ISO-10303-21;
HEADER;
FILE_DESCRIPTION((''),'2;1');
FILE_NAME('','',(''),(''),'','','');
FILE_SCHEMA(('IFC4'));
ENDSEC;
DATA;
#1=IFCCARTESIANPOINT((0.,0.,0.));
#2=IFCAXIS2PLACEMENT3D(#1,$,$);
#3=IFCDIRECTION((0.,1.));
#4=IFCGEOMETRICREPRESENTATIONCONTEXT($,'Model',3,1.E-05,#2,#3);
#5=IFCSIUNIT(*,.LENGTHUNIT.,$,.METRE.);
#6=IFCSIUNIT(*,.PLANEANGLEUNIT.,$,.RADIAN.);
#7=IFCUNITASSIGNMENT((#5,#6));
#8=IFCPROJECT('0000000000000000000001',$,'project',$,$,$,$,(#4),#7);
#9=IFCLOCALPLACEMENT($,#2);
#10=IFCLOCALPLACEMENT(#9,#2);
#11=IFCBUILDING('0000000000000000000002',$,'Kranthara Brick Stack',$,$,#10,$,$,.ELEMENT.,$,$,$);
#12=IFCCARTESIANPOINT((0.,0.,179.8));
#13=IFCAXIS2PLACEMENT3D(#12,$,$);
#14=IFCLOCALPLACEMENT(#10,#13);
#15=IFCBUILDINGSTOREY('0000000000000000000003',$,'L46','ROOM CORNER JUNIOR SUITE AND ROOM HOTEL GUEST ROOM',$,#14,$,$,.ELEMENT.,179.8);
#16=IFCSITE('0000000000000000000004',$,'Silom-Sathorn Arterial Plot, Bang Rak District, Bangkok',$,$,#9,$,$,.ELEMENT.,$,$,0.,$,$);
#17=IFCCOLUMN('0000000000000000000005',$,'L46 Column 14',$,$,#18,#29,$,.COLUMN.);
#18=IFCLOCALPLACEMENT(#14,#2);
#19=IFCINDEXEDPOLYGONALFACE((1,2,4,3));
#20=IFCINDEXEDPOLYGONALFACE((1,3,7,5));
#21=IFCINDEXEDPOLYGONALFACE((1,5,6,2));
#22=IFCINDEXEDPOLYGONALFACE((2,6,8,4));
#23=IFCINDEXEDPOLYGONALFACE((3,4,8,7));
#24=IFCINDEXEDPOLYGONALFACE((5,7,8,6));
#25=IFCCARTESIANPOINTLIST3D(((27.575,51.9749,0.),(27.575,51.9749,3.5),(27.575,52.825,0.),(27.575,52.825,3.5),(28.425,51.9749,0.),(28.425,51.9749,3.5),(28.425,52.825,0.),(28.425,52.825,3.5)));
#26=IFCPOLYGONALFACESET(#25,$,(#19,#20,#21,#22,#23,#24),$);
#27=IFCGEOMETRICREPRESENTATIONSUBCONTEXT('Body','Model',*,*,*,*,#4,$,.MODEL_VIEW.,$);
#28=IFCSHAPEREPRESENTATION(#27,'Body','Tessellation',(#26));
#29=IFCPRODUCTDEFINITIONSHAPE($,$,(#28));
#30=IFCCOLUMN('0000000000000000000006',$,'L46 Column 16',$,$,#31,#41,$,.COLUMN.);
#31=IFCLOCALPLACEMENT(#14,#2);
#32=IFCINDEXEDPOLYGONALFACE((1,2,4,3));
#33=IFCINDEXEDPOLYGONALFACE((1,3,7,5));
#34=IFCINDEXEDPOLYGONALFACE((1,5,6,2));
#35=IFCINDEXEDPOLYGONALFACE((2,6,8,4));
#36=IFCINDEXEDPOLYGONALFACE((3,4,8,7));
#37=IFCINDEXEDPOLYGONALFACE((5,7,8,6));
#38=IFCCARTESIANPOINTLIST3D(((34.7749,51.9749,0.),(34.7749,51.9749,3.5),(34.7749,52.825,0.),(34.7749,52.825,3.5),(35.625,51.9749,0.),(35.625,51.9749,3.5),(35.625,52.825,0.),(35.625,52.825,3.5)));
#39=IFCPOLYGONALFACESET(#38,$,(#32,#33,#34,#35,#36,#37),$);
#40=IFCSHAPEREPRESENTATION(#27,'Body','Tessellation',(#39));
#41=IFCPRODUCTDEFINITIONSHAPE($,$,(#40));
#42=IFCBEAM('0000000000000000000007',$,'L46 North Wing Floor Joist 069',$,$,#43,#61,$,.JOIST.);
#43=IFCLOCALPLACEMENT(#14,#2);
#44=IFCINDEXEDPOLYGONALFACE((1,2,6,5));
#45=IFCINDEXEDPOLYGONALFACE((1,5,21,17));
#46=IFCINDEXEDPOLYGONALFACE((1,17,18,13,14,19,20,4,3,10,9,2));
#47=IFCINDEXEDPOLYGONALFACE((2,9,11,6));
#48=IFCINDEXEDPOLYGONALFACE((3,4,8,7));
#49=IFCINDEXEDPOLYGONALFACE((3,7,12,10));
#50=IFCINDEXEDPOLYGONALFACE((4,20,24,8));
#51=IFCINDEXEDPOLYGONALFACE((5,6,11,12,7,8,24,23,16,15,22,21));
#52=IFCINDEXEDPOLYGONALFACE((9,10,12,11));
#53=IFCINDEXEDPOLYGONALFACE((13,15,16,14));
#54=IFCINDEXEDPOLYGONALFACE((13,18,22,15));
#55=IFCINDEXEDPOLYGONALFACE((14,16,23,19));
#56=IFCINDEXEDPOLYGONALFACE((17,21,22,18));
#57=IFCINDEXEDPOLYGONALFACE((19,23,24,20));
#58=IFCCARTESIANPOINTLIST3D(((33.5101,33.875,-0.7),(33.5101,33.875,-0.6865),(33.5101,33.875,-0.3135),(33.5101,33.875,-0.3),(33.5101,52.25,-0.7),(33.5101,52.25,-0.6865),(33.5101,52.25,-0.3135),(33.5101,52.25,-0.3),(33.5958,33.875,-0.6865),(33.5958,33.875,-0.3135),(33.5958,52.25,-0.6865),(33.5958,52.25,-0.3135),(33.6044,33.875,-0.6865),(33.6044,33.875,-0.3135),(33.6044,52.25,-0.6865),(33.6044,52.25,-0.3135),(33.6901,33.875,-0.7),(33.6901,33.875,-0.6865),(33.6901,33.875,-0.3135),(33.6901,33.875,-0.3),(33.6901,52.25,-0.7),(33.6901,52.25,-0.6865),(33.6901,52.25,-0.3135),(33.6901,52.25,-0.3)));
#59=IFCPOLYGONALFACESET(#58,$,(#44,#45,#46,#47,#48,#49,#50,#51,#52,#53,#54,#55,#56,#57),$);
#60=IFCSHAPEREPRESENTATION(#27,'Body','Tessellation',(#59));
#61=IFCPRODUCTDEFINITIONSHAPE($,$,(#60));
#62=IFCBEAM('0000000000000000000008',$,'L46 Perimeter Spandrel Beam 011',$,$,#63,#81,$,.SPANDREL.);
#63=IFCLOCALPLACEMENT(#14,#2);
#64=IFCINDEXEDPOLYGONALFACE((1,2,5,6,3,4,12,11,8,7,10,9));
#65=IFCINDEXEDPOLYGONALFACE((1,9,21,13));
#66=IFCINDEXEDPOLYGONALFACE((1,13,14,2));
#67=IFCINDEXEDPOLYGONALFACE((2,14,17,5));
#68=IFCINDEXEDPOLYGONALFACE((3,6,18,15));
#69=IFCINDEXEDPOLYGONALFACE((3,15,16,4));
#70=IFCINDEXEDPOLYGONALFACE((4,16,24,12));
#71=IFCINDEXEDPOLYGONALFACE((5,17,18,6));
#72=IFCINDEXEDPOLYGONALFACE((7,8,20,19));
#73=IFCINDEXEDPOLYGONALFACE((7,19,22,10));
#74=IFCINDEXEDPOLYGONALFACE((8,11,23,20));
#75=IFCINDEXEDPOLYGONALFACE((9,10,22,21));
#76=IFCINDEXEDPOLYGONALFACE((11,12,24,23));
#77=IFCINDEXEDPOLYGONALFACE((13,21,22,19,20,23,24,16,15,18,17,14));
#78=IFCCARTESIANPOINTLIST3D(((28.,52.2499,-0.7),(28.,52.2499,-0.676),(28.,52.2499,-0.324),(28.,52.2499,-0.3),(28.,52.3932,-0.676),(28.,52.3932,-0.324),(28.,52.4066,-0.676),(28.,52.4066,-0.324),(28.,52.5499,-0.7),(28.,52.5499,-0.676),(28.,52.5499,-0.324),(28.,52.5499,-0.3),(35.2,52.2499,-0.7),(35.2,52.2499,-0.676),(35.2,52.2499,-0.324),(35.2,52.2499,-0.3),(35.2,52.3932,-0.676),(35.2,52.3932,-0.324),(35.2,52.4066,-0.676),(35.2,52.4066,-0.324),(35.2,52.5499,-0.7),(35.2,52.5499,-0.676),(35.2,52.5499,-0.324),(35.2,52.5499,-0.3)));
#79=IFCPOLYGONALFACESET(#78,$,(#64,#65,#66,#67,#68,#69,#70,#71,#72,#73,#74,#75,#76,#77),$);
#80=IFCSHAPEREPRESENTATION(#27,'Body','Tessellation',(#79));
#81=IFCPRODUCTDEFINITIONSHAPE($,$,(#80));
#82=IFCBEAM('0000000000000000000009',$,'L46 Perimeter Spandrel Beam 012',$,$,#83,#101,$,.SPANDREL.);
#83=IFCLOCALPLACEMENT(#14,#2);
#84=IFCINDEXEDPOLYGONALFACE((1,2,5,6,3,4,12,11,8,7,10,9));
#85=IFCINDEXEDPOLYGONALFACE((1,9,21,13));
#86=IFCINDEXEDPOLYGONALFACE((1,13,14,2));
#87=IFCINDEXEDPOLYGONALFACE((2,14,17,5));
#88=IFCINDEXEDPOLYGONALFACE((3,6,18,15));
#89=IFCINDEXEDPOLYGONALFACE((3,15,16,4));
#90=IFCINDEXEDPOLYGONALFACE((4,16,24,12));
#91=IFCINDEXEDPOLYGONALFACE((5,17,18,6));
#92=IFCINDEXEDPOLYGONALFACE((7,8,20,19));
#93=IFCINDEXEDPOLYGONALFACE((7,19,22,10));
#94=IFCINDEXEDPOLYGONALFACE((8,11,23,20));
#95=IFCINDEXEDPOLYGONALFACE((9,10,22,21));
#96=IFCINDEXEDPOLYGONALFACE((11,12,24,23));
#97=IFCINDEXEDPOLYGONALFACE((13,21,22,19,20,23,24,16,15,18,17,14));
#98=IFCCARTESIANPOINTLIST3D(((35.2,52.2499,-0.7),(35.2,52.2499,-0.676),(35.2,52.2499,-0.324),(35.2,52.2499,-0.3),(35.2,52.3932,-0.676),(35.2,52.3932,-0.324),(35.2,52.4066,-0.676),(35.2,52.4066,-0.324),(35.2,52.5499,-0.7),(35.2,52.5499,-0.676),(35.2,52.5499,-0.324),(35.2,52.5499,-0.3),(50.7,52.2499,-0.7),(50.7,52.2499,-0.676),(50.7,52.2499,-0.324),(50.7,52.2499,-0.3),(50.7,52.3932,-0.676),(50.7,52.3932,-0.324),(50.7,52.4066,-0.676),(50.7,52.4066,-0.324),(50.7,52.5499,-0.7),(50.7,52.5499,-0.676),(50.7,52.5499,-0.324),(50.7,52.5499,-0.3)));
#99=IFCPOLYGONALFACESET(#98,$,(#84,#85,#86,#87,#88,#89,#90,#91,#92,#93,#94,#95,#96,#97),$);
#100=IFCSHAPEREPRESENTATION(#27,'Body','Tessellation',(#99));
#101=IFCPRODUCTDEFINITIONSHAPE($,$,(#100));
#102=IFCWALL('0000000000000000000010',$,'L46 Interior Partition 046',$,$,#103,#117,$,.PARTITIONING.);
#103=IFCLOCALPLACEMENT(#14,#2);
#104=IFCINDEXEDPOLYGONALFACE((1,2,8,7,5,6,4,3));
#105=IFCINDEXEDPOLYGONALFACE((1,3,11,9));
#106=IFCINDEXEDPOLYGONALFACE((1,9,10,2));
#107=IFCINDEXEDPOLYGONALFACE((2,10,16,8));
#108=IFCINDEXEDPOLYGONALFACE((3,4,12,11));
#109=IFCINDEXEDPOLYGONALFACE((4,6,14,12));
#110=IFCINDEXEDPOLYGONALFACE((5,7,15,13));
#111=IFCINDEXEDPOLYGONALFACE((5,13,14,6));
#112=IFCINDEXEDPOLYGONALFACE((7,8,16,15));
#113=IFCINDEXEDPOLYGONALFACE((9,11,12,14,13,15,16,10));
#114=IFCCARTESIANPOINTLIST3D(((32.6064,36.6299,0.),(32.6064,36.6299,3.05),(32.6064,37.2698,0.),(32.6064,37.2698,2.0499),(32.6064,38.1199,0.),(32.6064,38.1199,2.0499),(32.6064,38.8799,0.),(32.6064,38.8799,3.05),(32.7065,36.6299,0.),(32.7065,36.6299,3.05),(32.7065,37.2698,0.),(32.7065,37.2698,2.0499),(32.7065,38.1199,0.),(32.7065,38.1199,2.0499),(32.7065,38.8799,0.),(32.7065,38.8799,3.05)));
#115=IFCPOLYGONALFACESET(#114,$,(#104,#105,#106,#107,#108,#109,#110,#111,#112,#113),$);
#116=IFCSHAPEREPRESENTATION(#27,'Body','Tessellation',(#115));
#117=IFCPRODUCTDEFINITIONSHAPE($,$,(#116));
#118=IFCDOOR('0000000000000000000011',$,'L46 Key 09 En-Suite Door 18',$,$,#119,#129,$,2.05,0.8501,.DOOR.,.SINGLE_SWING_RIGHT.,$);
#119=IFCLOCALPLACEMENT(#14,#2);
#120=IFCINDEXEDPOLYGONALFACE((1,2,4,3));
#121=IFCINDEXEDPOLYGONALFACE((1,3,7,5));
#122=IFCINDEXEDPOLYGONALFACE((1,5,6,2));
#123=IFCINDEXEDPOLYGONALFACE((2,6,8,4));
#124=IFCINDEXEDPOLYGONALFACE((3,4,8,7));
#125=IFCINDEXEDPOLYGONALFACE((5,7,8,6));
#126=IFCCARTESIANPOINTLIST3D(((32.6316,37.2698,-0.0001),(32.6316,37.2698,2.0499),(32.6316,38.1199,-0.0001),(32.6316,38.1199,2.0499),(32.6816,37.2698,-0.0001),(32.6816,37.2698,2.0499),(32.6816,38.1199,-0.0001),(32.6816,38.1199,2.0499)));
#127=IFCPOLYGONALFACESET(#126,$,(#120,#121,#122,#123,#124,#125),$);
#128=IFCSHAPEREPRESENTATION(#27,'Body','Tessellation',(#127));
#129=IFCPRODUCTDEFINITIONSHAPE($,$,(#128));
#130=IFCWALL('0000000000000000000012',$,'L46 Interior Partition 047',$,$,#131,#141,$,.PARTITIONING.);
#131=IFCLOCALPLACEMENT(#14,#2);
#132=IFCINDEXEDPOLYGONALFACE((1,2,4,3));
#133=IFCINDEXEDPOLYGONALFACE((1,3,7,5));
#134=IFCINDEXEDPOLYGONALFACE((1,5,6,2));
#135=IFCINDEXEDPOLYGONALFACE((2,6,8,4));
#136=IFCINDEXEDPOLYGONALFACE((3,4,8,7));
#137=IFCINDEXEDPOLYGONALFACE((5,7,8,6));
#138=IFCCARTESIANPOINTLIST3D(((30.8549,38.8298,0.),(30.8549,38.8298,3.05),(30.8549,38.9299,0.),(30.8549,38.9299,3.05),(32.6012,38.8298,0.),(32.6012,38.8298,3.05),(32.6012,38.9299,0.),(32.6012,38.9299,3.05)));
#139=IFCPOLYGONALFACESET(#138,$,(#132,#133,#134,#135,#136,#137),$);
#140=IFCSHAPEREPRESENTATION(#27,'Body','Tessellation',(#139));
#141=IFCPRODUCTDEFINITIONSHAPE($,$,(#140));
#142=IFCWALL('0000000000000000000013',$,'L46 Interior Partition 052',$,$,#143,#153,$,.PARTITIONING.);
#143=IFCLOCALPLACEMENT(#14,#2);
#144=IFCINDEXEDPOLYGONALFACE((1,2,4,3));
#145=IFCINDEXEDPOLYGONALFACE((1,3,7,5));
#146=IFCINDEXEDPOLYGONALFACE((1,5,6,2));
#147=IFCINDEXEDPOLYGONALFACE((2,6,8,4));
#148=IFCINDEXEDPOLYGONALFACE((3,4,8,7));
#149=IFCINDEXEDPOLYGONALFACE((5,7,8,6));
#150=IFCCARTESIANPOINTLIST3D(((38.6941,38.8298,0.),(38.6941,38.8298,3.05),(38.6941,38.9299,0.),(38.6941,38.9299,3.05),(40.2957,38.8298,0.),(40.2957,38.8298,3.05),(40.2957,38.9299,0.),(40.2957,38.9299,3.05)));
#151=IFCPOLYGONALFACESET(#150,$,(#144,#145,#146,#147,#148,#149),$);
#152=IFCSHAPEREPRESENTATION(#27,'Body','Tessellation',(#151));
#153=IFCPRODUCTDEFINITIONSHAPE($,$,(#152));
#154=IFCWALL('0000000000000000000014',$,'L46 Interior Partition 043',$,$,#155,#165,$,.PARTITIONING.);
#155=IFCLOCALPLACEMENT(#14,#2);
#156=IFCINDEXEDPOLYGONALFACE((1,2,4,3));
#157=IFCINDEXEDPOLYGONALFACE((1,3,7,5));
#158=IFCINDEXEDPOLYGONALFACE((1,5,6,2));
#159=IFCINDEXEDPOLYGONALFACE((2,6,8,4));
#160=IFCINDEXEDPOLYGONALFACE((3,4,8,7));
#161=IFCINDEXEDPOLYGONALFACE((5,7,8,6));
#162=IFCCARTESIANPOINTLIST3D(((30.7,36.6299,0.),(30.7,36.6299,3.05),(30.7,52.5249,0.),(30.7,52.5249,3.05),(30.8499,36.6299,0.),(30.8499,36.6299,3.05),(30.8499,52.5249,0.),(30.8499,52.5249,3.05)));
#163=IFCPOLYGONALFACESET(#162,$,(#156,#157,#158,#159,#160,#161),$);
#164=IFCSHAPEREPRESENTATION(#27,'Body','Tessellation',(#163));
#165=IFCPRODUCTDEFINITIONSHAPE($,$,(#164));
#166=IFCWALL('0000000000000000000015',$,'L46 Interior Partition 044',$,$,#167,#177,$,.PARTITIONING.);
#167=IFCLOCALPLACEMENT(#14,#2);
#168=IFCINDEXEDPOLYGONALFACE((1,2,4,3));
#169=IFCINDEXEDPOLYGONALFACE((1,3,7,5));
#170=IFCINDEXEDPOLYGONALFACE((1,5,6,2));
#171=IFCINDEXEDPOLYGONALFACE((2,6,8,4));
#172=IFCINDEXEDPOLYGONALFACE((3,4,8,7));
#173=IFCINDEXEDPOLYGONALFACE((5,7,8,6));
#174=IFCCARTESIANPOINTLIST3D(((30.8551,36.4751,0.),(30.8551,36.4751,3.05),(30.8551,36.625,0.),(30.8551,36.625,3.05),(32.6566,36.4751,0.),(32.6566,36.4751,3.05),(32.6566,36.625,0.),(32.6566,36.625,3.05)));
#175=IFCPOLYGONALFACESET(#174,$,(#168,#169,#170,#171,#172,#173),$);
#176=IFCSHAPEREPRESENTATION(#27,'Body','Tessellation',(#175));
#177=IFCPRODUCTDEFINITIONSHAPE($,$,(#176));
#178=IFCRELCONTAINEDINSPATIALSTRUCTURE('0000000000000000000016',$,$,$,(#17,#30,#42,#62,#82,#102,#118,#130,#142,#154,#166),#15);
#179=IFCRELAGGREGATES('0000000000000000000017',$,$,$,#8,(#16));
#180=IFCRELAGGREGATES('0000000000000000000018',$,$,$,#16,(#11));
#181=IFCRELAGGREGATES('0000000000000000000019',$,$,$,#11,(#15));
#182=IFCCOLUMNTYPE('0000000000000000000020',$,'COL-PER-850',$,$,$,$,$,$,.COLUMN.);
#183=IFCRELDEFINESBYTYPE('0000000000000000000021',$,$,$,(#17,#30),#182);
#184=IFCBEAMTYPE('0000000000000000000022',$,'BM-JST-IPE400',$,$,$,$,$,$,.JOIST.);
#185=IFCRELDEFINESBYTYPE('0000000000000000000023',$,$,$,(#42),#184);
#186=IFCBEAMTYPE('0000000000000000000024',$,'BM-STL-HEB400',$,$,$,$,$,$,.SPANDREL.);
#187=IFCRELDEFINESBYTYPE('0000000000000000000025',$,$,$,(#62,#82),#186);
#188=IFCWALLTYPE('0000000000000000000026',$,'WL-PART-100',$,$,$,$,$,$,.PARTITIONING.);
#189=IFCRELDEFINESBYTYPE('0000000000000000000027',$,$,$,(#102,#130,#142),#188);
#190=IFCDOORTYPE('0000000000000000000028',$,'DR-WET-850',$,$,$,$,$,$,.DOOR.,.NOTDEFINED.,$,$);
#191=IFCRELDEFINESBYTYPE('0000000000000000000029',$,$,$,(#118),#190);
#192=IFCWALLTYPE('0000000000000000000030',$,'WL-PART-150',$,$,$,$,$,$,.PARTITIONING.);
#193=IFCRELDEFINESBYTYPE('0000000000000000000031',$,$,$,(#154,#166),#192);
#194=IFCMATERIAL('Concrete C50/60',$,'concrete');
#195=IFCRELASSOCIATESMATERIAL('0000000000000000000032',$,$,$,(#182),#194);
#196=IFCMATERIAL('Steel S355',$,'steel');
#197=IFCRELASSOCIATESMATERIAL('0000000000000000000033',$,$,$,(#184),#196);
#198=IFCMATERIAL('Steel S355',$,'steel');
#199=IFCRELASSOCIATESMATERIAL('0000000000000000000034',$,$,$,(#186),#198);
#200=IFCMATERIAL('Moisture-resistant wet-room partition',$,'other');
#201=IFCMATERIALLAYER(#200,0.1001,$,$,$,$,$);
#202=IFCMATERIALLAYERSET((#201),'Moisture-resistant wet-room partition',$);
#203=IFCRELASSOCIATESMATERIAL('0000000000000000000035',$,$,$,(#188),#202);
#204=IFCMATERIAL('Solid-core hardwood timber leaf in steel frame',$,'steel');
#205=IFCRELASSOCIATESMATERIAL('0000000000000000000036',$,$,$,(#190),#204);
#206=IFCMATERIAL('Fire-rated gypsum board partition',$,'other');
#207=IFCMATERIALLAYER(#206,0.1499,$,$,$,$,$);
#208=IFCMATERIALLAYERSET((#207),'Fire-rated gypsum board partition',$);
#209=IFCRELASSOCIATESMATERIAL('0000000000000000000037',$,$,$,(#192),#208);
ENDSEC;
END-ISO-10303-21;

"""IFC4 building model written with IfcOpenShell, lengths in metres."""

from ifc_helpers import new_model, si_unit, direction, frame, frame_2d, origin, origin_2d, place, context, subcontext, project, spatial, rectangle, i_section, extrude, material, layer, layer_set, material_profile, profile_set, type_object, element, fill, save


model = new_model("IFC4")

# Units and contexts
model_context = context("Model", 3, precision=1e-05, world=origin(), true_north=direction((0.0, 1.0)))
body_context = subcontext(model_context, "Body", "Model", "MODEL_VIEW")
ifc_project = project(units=[si_unit("LENGTHUNIT", "METRE"), si_unit("PLANEANGLEUNIT", "RADIAN")], contexts=[model_context])

# Site, building, storey
site_placement = place(None, origin())
site = spatial("IfcSite", under=ifc_project, at=site_placement, Name="Silom-Sathorn Arterial Plot, Bang Rak District, Bangkok", CompositionType="ELEMENT", RefElevation=0.0)
building_placement = place(site_placement, origin())
building = spatial("IfcBuilding", under=site, at=building_placement, Name="Kranthara Brick Stack", CompositionType="ELEMENT")
storey_placement = place(building_placement, frame((0.0, 0.0, 179.8)))
storey = spatial("IfcBuildingStorey", under=building, at=storey_placement, Name="L46", Description="ROOM CORNER JUNIOR SUITE AND ROOM HOTEL GUEST ROOM", CompositionType="ELEMENT", Elevation=179.8)

# Columns
ifc_material_1 = material(Name="Concrete C50/60", Category="concrete")
ifc_material_profile_1 = material_profile(ifc_material_1, rectangle(XDim=0.8501, YDim=0.8501, at=origin_2d()), Name="RC 850x850")
ifc_profile_set_1 = profile_set([ifc_material_profile_1], Name="Concrete C50/60")
column_type = type_object("IfcColumnType", Name="COL-PER-850", PredefinedType="COLUMN", material=ifc_profile_set_1)
for number, where, z_axis, x_axis, name in (
    (1, (28.0, 52.3999, 0.0), (0.0, 0.0, 1.0), (1.0, 0.0, 0.0), "L46 Column 14"),
    (2, (35.2, 52.3999, 0.0), (0.0, 0.0, 1.0), (1.0, 0.0, 0.0), "L46 Column 16"),
):
    element("IfcColumn", number, at=place(storey_placement, frame(where, z_axis=z_axis, x_axis=x_axis)), inside=storey, type_object=column_type, Name=name, PredefinedType="COLUMN", context=body_context, shape_type="SweptSolid", body=[
        extrude(rectangle(XDim=0.8501, YDim=0.8501, at=origin_2d()), origin(), (0.0, 0.0, 1.0), 3.5),
    ])

# Beams
ifc_material_2 = material(Name="Steel S355", Category="steel")
ifc_material_profile_2 = material_profile(ifc_material_2, i_section(OverallWidth=0.1799, OverallDepth=0.3999, WebThickness=0.0085, FlangeThickness=0.0134, at=origin_2d()), Name="IPE 400")
ifc_profile_set_2 = profile_set([ifc_material_profile_2], Name="Steel S355")
beam_type_1 = type_object("IfcBeamType", Name="BM-JST-IPE400", PredefinedType="JOIST", material=ifc_profile_set_2)
beam_1_placement = place(storey_placement, frame((33.6001, 33.875, -0.5), z_axis=(0.0, 1.0, 0.0), x_axis=(-1.0, 0.0, 0.0)))
element("IfcBeam", 3, at=beam_1_placement, inside=storey, type_object=beam_type_1, Name="L46 North Wing Floor Joist 069", PredefinedType="JOIST", context=body_context, shape_type="SweptSolid", body=[
    extrude(i_section(OverallWidth=0.1799, OverallDepth=0.3999, WebThickness=0.0085, FlangeThickness=0.0134, at=origin_2d()), origin(), (0.0, 0.0, 1.0), 18.375),
])
ifc_material_3 = material(Name="Steel S355", Category="steel")
ifc_material_profile_3 = material_profile(ifc_material_3, i_section(OverallWidth=0.3, OverallDepth=0.3999, WebThickness=0.0134, FlangeThickness=0.0239, at=origin_2d()), Name="HEB 400")
ifc_profile_set_3 = profile_set([ifc_material_profile_3], Name="Steel S355")
beam_type_2 = type_object("IfcBeamType", Name="BM-STL-HEB400", PredefinedType="SPANDREL", material=ifc_profile_set_3)
beam_2_placement = place(storey_placement, frame((28.0, 52.3999, -0.5), z_axis=(1.0, 0.0, 0.0), x_axis=(0.0, 1.0, 0.0)))
element("IfcBeam", 4, at=beam_2_placement, inside=storey, type_object=beam_type_2, Name="L46 Perimeter Spandrel Beam 011", PredefinedType="SPANDREL", context=body_context, shape_type="SweptSolid", body=[
    extrude(i_section(OverallWidth=0.3, OverallDepth=0.3999, WebThickness=0.0134, FlangeThickness=0.0239, at=origin_2d()), origin(), (0.0, 0.0, 1.0), 7.2),
])
beam_3_placement = place(storey_placement, frame((35.2, 52.3999, -0.5), z_axis=(1.0, 0.0, 0.0), x_axis=(0.0, 1.0, 0.0)))
element("IfcBeam", 5, at=beam_3_placement, inside=storey, type_object=beam_type_2, Name="L46 Perimeter Spandrel Beam 012", PredefinedType="SPANDREL", context=body_context, shape_type="SweptSolid", body=[
    extrude(i_section(OverallWidth=0.3, OverallDepth=0.3999, WebThickness=0.0134, FlangeThickness=0.0239, at=origin_2d()), origin(), (0.0, 0.0, 1.0), 15.5),
])

# Wall, opening, door
ifc_material_4 = material(Name="Moisture-resistant wet-room partition", Category="other")
ifc_layer_1 = layer(ifc_material_4, 0.1001)
ifc_layer_set_1 = layer_set([ifc_layer_1], Name="Moisture-resistant wet-room partition")
wall_type_1 = type_object("IfcWallType", Name="WL-PART-100", PredefinedType="PARTITIONING", material=ifc_layer_set_1)
wall_1_placement = place(storey_placement, frame((32.6565, 36.6299, 0.0), z_axis=(0.0, 0.0, 1.0), x_axis=(0.0, 1.0, 0.0)))
wall_1 = element("IfcWall", 6, at=wall_1_placement, inside=storey, type_object=wall_type_1, Name="L46 Interior Partition 046", PredefinedType="PARTITIONING", context=body_context, shape_type="SweptSolid", body=[
    extrude(rectangle(XDim=2.25, YDim=0.1001, at=frame_2d((1.125, 0.0))), origin(), (0.0, 0.0, 1.0), 3.05),
])
opening_1_placement = place(wall_1_placement, frame((0.6399, 0.0, 0.0)))
opening_1 = element("IfcOpeningElement", 7, at=opening_1_placement, cuts=wall_1, PredefinedType="OPENING", context=body_context, shape_type="SweptSolid", body=[
    extrude(rectangle(XDim=0.8501, YDim=2.05, at=frame_2d((0.425, 1.0249))), frame((0.0, 0.0601, 0.0), z_axis=(0.0, -1.0, 0.0), x_axis=(1.0, 0.0, 0.0)), (0.0, 0.0, 1.0), 0.1201),
])
ifc_material_5 = material(Name="Solid-core hardwood timber leaf in steel frame", Category="steel")
door_type_1 = type_object("IfcDoorType", Name="DR-WET-850", OperationType="NOTDEFINED", PredefinedType="DOOR", material=ifc_material_5)
door_1_placement = place(opening_1_placement, origin())
door_1 = element("IfcDoor", 8, at=door_1_placement, inside=storey, type_object=door_type_1, Name="L46 Key 09 En-Suite Door 18", OperationType="SINGLE_SWING_RIGHT", OverallHeight=2.05, OverallWidth=0.8501, PredefinedType="DOOR", context=body_context, shape_type="SweptSolid", body=[
    extrude(rectangle(XDim=0.8501, YDim=2.05, at=frame_2d((0.425, 1.0249))), frame((0.0, 0.0249, 0.0), z_axis=(0.0, -1.0, 0.0), x_axis=(1.0, 0.0, 0.0)), (0.0, 0.0, 1.0), 0.05),
])
fill(opening_1, door_1)

# Walls
wall_2_placement = place(storey_placement, frame((30.855, 38.8799, 0.0), z_axis=(0.0, 0.0, 1.0), x_axis=(1.0, 0.0, 0.0)))
element("IfcWall", 9, at=wall_2_placement, inside=storey, type_object=wall_type_1, Name="L46 Interior Partition 047", PredefinedType="PARTITIONING", context=body_context, shape_type="SweptSolid", body=[
    extrude(rectangle(XDim=1.7463, YDim=0.1001, at=frame_2d((0.873, 0.0))), origin(), (0.0, 0.0, 1.0), 3.05),
])
wall_3_placement = place(storey_placement, frame((38.6941, 38.8799, 0.0), z_axis=(0.0, 0.0, 1.0), x_axis=(1.0, 0.0, 0.0)))
element("IfcWall", 10, at=wall_3_placement, inside=storey, type_object=wall_type_1, Name="L46 Interior Partition 052", PredefinedType="PARTITIONING", context=body_context, shape_type="SweptSolid", body=[
    extrude(rectangle(XDim=1.6016, YDim=0.1001, at=frame_2d((0.8008, 0.0))), origin(), (0.0, 0.0, 1.0), 3.05),
])
ifc_material_6 = material(Name="Fire-rated gypsum board partition", Category="other")
ifc_layer_2 = layer(ifc_material_6, 0.1499)
ifc_layer_set_2 = layer_set([ifc_layer_2], Name="Fire-rated gypsum board partition")
wall_type_2 = type_object("IfcWallType", Name="WL-PART-150", PredefinedType="PARTITIONING", material=ifc_layer_set_2)
wall_4_placement = place(storey_placement, frame((30.7749, 36.6299, 0.0), z_axis=(0.0, 0.0, 1.0), x_axis=(0.0, 1.0, 0.0)))
element("IfcWall", 11, at=wall_4_placement, inside=storey, type_object=wall_type_2, Name="L46 Interior Partition 043", PredefinedType="PARTITIONING", context=body_context, shape_type="SweptSolid", body=[
    extrude(rectangle(XDim=15.895, YDim=0.1499, at=frame_2d((7.9475, 0.0))), origin(), (0.0, 0.0, 1.0), 3.05),
])
wall_5_placement = place(storey_placement, frame((30.855, 36.55, 0.0), z_axis=(0.0, 0.0, 1.0), x_axis=(1.0, 0.0, 0.0)))
element("IfcWall", 12, at=wall_5_placement, inside=storey, type_object=wall_type_2, Name="L46 Interior Partition 044", PredefinedType="PARTITIONING", context=body_context, shape_type="SweptSolid", body=[
    extrude(rectangle(XDim=1.8015, YDim=0.1499, at=frame_2d((0.9009, 0.0))), origin(), (0.0, 0.0, 1.0), 3.05),
])

save(model, "model.ifc")
